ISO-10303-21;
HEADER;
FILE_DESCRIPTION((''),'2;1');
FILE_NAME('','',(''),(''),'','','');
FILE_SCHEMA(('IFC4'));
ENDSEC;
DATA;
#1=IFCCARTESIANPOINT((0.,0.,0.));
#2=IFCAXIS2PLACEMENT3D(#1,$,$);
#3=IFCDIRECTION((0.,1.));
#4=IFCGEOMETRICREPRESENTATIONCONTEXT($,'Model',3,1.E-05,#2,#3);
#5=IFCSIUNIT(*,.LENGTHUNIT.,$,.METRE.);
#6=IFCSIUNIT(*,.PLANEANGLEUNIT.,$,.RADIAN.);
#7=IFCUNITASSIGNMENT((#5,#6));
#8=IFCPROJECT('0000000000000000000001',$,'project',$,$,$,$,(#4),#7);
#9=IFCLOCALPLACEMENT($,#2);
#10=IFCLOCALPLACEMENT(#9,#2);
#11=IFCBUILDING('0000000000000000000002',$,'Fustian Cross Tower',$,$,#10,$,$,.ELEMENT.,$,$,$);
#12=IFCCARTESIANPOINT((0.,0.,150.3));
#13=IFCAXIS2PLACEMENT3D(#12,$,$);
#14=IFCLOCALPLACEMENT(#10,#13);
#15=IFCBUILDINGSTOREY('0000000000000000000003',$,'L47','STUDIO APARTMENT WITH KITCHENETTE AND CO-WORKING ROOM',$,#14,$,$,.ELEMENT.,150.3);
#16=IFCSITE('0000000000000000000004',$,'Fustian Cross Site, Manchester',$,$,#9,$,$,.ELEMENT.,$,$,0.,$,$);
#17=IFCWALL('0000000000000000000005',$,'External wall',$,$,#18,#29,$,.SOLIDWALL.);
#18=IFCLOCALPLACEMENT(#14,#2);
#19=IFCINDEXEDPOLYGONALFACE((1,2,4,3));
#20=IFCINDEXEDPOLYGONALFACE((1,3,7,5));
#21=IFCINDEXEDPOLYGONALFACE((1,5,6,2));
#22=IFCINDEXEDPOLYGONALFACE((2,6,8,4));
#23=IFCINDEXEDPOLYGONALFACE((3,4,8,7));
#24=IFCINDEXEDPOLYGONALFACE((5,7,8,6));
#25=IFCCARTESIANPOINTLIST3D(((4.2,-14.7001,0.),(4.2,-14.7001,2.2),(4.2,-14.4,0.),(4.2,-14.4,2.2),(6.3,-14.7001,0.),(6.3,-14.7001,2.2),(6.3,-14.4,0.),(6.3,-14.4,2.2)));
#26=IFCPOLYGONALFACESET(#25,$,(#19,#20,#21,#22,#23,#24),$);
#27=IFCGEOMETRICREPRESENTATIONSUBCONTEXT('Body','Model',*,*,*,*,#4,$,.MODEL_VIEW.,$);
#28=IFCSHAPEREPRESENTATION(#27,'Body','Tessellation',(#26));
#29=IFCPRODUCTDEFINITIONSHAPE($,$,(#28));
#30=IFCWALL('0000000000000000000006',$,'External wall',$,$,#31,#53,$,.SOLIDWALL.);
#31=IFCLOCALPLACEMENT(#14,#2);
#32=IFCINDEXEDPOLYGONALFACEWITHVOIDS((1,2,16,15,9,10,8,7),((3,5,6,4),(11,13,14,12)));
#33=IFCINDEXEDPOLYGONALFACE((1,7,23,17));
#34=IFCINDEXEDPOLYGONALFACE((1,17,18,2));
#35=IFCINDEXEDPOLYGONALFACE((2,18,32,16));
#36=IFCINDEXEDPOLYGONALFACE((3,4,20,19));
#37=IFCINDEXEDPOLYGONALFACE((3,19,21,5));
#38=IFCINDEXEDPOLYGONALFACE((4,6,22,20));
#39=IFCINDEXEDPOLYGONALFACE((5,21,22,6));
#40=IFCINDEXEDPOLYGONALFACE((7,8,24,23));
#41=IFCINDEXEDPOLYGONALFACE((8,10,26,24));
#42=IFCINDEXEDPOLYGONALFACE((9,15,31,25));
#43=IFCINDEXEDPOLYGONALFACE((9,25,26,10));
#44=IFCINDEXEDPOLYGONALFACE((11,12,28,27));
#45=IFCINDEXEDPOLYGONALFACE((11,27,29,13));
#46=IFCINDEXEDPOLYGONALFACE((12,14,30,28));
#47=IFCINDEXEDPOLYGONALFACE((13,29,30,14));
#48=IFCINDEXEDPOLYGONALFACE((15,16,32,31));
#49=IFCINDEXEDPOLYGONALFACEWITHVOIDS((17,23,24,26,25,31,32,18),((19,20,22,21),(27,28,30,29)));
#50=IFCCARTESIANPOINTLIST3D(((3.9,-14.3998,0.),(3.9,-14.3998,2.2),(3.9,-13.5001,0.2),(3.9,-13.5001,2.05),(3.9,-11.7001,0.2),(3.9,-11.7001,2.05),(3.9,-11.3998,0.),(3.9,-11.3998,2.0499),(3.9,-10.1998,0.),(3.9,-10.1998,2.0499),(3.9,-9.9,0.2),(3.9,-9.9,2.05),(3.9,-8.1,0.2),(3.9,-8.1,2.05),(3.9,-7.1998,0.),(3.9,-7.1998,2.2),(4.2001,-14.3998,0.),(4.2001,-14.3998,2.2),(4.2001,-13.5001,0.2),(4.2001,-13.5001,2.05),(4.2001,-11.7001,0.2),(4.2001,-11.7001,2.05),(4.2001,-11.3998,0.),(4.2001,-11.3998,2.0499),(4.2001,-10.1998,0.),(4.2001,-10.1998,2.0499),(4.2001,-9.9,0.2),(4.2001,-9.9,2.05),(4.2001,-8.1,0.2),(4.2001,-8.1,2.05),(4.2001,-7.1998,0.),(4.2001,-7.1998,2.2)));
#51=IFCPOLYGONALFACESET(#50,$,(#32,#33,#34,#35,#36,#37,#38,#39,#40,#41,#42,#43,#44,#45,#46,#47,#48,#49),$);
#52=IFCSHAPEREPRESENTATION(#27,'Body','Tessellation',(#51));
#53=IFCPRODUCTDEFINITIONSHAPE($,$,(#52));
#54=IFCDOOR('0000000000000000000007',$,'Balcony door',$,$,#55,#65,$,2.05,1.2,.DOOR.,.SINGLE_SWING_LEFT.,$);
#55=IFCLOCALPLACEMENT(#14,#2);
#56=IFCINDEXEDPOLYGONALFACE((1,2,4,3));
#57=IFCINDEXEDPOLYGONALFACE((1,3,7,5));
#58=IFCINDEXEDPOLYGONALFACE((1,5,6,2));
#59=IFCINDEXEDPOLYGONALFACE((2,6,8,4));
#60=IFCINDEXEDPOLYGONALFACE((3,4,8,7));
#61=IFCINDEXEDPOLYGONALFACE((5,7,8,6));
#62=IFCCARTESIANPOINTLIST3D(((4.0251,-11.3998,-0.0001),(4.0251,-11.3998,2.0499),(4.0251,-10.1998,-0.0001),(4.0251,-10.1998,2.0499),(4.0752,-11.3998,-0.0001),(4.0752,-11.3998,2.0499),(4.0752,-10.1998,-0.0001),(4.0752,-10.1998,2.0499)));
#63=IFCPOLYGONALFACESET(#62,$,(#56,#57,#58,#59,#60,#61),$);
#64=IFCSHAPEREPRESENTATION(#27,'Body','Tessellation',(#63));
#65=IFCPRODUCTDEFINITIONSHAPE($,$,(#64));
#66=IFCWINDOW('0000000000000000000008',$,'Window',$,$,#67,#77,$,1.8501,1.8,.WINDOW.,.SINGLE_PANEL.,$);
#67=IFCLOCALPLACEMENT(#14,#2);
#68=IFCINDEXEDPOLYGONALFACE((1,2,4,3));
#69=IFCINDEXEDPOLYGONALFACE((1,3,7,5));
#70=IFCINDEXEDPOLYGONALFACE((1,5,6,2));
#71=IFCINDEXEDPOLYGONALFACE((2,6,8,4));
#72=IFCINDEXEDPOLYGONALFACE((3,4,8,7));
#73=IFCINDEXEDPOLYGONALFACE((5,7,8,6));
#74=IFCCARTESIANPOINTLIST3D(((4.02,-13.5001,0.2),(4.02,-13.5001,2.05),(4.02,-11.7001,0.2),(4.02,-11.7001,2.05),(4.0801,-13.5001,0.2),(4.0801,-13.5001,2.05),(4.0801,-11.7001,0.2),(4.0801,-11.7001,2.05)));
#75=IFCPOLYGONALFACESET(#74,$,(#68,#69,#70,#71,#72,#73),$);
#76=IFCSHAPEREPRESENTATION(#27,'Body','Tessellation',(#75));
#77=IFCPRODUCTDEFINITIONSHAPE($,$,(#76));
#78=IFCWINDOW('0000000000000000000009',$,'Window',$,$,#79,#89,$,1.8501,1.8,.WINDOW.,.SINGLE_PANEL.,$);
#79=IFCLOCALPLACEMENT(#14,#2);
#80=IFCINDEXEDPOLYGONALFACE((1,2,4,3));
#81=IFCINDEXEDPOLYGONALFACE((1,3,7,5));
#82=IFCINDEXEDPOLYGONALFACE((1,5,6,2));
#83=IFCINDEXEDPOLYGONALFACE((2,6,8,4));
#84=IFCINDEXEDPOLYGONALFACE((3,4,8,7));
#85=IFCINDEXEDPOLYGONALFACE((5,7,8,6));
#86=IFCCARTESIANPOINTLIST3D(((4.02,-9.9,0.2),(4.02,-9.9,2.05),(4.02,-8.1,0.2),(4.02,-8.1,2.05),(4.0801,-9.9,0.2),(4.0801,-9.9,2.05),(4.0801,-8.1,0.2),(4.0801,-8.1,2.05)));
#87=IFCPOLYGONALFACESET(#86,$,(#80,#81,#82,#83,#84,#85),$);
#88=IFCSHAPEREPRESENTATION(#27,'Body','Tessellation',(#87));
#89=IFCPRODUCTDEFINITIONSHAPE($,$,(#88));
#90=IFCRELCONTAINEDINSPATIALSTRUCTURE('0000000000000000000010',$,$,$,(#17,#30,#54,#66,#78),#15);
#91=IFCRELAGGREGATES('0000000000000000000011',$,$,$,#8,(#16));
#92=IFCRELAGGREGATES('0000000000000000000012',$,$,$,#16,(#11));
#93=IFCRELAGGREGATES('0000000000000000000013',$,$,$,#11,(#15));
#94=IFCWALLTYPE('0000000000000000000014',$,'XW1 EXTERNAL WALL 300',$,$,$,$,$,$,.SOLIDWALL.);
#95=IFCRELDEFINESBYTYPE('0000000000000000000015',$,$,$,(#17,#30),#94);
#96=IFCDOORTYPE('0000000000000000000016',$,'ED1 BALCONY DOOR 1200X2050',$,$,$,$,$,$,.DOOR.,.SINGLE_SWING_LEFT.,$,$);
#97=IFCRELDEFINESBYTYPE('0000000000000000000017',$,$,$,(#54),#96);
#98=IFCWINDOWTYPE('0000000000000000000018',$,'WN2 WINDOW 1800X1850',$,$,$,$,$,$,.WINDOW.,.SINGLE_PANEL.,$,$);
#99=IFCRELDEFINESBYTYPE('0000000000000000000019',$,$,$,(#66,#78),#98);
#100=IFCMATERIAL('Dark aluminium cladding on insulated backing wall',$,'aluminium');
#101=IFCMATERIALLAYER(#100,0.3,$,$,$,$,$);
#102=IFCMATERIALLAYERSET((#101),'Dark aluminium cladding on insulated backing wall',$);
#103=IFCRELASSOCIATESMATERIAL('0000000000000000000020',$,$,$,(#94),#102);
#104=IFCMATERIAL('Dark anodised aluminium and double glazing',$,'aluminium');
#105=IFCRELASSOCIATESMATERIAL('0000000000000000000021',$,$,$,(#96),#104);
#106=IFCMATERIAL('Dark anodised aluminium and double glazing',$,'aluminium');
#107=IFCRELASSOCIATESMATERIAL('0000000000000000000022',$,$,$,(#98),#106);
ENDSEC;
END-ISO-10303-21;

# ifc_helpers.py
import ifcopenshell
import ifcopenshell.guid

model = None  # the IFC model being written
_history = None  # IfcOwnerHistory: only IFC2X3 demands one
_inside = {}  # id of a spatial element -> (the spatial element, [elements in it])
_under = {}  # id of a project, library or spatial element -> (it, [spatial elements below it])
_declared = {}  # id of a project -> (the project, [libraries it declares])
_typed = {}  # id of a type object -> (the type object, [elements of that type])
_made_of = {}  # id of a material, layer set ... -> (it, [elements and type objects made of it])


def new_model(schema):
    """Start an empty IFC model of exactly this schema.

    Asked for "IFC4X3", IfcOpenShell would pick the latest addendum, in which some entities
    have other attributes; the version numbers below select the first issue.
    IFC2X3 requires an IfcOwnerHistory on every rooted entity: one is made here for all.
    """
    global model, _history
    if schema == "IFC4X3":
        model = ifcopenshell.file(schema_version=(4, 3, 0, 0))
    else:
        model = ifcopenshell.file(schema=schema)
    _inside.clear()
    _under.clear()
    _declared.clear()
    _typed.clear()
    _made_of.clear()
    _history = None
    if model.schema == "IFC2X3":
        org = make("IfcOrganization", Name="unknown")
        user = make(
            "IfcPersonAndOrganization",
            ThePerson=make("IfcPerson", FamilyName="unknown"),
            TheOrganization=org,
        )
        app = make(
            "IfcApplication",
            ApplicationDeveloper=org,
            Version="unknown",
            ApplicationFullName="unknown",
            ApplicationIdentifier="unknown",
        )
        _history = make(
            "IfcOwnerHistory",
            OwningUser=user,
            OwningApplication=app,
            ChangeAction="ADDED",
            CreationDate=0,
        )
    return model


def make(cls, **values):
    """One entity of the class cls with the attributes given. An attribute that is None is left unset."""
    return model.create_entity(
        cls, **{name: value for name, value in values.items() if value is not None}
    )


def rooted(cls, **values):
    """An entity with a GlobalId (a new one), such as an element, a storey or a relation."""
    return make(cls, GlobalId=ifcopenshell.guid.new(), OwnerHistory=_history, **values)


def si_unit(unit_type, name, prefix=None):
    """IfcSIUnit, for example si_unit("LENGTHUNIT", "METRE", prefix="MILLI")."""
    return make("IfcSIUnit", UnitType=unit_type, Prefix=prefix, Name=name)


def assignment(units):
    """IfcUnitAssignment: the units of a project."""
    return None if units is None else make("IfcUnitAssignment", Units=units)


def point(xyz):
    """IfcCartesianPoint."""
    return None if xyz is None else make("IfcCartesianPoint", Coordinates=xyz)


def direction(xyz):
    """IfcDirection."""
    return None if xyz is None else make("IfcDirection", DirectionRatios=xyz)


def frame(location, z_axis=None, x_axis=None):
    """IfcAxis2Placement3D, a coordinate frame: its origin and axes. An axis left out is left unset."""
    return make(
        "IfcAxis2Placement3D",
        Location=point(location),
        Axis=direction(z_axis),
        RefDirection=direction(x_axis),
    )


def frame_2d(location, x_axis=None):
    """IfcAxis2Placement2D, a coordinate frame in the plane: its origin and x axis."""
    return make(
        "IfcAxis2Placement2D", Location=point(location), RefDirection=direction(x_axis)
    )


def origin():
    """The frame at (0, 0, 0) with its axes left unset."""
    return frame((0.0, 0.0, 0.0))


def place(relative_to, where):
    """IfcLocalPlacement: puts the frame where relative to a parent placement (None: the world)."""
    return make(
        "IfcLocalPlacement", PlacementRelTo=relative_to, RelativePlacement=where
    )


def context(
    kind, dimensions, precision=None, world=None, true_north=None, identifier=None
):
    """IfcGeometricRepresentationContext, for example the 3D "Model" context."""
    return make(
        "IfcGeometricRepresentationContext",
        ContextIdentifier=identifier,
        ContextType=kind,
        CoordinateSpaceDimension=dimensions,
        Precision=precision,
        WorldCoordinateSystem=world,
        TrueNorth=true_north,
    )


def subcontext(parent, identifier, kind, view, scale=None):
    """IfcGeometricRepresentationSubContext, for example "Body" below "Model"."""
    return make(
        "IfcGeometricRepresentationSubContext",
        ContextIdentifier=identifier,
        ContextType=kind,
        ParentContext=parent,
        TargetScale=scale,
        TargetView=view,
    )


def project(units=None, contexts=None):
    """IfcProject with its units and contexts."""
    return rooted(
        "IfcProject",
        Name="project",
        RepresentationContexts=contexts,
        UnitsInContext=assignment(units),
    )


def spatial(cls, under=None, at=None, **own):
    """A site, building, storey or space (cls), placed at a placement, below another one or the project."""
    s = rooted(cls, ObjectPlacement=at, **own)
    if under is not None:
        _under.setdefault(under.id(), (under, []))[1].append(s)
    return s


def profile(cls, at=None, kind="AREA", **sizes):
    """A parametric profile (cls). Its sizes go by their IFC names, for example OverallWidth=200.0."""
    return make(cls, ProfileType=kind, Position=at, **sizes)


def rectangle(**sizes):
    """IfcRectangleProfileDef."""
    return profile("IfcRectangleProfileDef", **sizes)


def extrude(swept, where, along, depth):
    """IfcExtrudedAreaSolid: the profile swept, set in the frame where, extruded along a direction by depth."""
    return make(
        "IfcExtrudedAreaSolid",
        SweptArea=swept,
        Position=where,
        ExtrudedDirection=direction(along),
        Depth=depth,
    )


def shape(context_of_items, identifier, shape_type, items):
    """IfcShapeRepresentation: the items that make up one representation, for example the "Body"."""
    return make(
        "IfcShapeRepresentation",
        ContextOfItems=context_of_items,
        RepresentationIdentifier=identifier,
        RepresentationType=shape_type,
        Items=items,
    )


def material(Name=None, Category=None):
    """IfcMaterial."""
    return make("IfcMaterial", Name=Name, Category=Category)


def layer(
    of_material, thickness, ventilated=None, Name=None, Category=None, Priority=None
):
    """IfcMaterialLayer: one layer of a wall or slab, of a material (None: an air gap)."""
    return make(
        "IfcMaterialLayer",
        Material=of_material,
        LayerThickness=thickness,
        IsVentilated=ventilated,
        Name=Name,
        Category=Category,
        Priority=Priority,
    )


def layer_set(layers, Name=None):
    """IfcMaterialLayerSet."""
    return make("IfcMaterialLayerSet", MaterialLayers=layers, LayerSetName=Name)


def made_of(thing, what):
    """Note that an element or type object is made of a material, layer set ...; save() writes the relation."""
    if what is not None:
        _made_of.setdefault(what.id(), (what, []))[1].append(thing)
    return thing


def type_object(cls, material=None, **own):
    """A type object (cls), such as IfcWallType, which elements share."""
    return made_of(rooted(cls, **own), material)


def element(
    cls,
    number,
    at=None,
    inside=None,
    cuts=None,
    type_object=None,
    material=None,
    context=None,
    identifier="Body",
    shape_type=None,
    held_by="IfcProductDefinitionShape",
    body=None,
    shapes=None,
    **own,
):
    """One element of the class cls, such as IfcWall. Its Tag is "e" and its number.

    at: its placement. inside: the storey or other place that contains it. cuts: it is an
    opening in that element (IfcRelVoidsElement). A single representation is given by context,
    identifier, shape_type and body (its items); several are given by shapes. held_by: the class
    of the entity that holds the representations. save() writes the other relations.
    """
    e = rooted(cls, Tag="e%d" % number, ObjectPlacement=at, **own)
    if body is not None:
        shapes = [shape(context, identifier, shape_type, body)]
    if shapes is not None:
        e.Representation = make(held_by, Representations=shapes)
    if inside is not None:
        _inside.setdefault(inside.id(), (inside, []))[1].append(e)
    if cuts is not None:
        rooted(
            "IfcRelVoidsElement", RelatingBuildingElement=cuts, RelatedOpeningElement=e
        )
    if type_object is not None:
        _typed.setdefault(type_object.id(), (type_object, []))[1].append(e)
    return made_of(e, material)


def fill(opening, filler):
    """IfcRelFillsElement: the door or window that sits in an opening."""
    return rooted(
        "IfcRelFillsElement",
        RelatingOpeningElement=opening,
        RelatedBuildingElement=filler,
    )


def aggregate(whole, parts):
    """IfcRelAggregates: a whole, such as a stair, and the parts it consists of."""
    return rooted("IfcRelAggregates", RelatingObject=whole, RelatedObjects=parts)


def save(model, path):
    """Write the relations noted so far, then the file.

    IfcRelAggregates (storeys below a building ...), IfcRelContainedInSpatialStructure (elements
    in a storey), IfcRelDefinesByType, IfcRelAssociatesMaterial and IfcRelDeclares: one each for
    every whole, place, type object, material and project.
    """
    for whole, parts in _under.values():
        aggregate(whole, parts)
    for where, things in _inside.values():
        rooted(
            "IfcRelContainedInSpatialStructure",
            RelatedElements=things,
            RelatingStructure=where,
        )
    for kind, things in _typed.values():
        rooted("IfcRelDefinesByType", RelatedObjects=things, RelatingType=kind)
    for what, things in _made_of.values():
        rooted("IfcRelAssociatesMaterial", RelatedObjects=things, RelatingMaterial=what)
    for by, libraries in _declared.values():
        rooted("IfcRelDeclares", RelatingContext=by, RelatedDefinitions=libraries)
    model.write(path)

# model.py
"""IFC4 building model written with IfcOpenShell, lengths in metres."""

from ifc_helpers import new_model, si_unit, direction, frame, frame_2d, origin, place, context, subcontext, project, spatial, rectangle, extrude, material, layer, layer_set, type_object, element, fill, save


model = new_model("IFC4")

# Units and contexts
model_context = context("Model", 3, precision=1e-05, world=origin(), true_north=direction((0.0, 1.0)))
body_context = subcontext(model_context, "Body", "Model", "MODEL_VIEW")
ifc_project = project(units=[si_unit("LENGTHUNIT", "METRE"), si_unit("PLANEANGLEUNIT", "RADIAN")], contexts=[model_context])

# Site, building, storey
site_placement = place(None, origin())
site = spatial("IfcSite", under=ifc_project, at=site_placement, Name="Fustian Cross Site, Manchester", CompositionType="ELEMENT", RefElevation=0.0)
building_placement = place(site_placement, origin())
building = spatial("IfcBuilding", under=site, at=building_placement, Name="Fustian Cross Tower", CompositionType="ELEMENT")
storey_placement = place(building_placement, frame((0.0, 0.0, 150.3)))
storey = spatial("IfcBuildingStorey", under=building, at=storey_placement, Name="L47", Description="STUDIO APARTMENT WITH KITCHENETTE AND CO-WORKING ROOM", CompositionType="ELEMENT", Elevation=150.3)

# Shared definitions
ifc_material_1 = material(Name="Dark aluminium cladding on insulated backing wall", Category="aluminium")
ifc_layer_1 = layer(ifc_material_1, 0.3)
ifc_layer_set_1 = layer_set([ifc_layer_1], Name="Dark aluminium cladding on insulated backing wall")
wall_type_1 = type_object("IfcWallType", Name="XW1 EXTERNAL WALL 300", PredefinedType="SOLIDWALL", material=ifc_layer_set_1)

# Wall
wall_1_placement = place(storey_placement, frame((6.3, -14.55, 0.0), z_axis=(0.0, 0.0, 1.0), x_axis=(-1.0, 0.0, 0.0)))
element("IfcWall", 1, at=wall_1_placement, inside=storey, type_object=wall_type_1, Name="External wall", PredefinedType="SOLIDWALL", context=body_context, shape_type="SweptSolid", body=[
    extrude(rectangle(XDim=2.1001, YDim=0.3, at=frame_2d((1.05, 0.0))), origin(), (0.0, 0.0, 1.0), 2.2),
])

# Wall, openings, door, windows
wall_2_placement = place(storey_placement, frame((4.05, -14.3999, 0.0), z_axis=(0.0, 0.0, 1.0), x_axis=(0.0, 1.0, 0.0)))
wall_2 = element("IfcWall", 2, at=wall_2_placement, inside=storey, type_object=wall_type_1, Name="External wall", PredefinedType="SOLIDWALL", context=body_context, shape_type="SweptSolid", body=[
    extrude(rectangle(XDim=7.2, YDim=0.3, at=frame_2d((3.6001, 0.0))), origin(), (0.0, 0.0, 1.0), 2.2),
])
opening_1_placement = place(wall_2_placement, frame((3.0, 0.0, 0.0)))
opening_1 = element("IfcOpeningElement", 3, at=opening_1_placement, cuts=wall_2, PredefinedType="OPENING", context=body_context, shape_type="SweptSolid", body=[
    extrude(rectangle(XDim=1.2, YDim=2.05, at=frame_2d((0.6001, 1.0249))), frame((0.0, 0.1599, 0.0), z_axis=(0.0, -1.0, 0.0), x_axis=(1.0, 0.0, 0.0)), (0.0, 0.0, 1.0), 0.3201),
])
opening_2_placement = place(wall_2_placement, frame((0.8999, 0.0, 0.2)))
opening_2 = element("IfcOpeningElement", 4, at=opening_2_placement, cuts=wall_2, PredefinedType="OPENING", context=body_context, shape_type="SweptSolid", body=[
    extrude(rectangle(XDim=1.8, YDim=1.8501, at=frame_2d((0.8999, 0.925))), frame((0.0, 0.1599, 0.0), z_axis=(0.0, -1.0, 0.0), x_axis=(1.0, 0.0, 0.0)), (0.0, 0.0, 1.0), 0.3201),
])
opening_3_placement = place(wall_2_placement, frame((4.5, 0.0, 0.2)))
opening_3 = element("IfcOpeningElement", 5, at=opening_3_placement, cuts=wall_2, PredefinedType="OPENING", context=body_context, shape_type="SweptSolid", body=[
    extrude(rectangle(XDim=1.8, YDim=1.8501, at=frame_2d((0.8999, 0.925))), frame((0.0, 0.1599, 0.0), z_axis=(0.0, -1.0, 0.0), x_axis=(1.0, 0.0, 0.0)), (0.0, 0.0, 1.0), 0.3201),
])
ifc_material_2 = material(Name="Dark anodised aluminium and double glazing", Category="aluminium")
door_type_1 = type_object("IfcDoorType", Name="ED1 BALCONY DOOR 1200X2050", OperationType="SINGLE_SWING_LEFT", PredefinedType="DOOR", material=ifc_material_2)
door_1_placement = place(opening_1_placement, origin())
door_1 = element("IfcDoor", 6, at=door_1_placement, inside=storey, type_object=door_type_1, Name="Balcony door", OperationType="SINGLE_SWING_LEFT", OverallHeight=2.05, OverallWidth=1.2, PredefinedType="DOOR", context=body_context, shape_type="SweptSolid", body=[
    extrude(rectangle(XDim=1.2, YDim=2.05, at=frame_2d((0.6001, 1.0249))), frame((0.0, 0.0249, 0.0), z_axis=(0.0, -1.0, 0.0), x_axis=(1.0, 0.0, 0.0)), (0.0, 0.0, 1.0), 0.05),
])
fill(opening_1, door_1)
ifc_material_3 = material(Name="Dark anodised aluminium and double glazing", Category="aluminium")
window_type_1 = type_object("IfcWindowType", Name="WN2 WINDOW 1800X1850", PartitioningType="SINGLE_PANEL", PredefinedType="WINDOW", material=ifc_material_3)
window_1_placement = place(opening_2_placement, origin())
window_1 = element("IfcWindow", 7, at=window_1_placement, inside=storey, type_object=window_type_1, Name="Window", OverallHeight=1.8501, OverallWidth=1.8, PartitioningType="SINGLE_PANEL", PredefinedType="WINDOW", context=body_context, shape_type="SweptSolid", body=[
    extrude(rectangle(XDim=1.8, YDim=1.8501, at=frame_2d((0.8999, 0.925))), frame((0.0, 0.03, 0.0), z_axis=(0.0, -1.0, 0.0), x_axis=(1.0, 0.0, 0.0)), (0.0, 0.0, 1.0), 0.0601),
])
fill(opening_2, window_1)
window_2_placement = place(opening_3_placement, origin())
window_2 = element("IfcWindow", 8, at=window_2_placement, inside=storey, type_object=window_type_1, Name="Window", OverallHeight=1.8501, OverallWidth=1.8, PartitioningType="SINGLE_PANEL", PredefinedType="WINDOW", context=body_context, shape_type="SweptSolid", body=[
    extrude(rectangle(XDim=1.8, YDim=1.8501, at=frame_2d((0.8999, 0.925))), frame((0.0, 0.03, 0.0), z_axis=(0.0, -1.0, 0.0), x_axis=(1.0, 0.0, 0.0)), (0.0, 0.0, 1.0), 0.0601),
])
fill(opening_3, window_2)

save(model, "model.ifc")
